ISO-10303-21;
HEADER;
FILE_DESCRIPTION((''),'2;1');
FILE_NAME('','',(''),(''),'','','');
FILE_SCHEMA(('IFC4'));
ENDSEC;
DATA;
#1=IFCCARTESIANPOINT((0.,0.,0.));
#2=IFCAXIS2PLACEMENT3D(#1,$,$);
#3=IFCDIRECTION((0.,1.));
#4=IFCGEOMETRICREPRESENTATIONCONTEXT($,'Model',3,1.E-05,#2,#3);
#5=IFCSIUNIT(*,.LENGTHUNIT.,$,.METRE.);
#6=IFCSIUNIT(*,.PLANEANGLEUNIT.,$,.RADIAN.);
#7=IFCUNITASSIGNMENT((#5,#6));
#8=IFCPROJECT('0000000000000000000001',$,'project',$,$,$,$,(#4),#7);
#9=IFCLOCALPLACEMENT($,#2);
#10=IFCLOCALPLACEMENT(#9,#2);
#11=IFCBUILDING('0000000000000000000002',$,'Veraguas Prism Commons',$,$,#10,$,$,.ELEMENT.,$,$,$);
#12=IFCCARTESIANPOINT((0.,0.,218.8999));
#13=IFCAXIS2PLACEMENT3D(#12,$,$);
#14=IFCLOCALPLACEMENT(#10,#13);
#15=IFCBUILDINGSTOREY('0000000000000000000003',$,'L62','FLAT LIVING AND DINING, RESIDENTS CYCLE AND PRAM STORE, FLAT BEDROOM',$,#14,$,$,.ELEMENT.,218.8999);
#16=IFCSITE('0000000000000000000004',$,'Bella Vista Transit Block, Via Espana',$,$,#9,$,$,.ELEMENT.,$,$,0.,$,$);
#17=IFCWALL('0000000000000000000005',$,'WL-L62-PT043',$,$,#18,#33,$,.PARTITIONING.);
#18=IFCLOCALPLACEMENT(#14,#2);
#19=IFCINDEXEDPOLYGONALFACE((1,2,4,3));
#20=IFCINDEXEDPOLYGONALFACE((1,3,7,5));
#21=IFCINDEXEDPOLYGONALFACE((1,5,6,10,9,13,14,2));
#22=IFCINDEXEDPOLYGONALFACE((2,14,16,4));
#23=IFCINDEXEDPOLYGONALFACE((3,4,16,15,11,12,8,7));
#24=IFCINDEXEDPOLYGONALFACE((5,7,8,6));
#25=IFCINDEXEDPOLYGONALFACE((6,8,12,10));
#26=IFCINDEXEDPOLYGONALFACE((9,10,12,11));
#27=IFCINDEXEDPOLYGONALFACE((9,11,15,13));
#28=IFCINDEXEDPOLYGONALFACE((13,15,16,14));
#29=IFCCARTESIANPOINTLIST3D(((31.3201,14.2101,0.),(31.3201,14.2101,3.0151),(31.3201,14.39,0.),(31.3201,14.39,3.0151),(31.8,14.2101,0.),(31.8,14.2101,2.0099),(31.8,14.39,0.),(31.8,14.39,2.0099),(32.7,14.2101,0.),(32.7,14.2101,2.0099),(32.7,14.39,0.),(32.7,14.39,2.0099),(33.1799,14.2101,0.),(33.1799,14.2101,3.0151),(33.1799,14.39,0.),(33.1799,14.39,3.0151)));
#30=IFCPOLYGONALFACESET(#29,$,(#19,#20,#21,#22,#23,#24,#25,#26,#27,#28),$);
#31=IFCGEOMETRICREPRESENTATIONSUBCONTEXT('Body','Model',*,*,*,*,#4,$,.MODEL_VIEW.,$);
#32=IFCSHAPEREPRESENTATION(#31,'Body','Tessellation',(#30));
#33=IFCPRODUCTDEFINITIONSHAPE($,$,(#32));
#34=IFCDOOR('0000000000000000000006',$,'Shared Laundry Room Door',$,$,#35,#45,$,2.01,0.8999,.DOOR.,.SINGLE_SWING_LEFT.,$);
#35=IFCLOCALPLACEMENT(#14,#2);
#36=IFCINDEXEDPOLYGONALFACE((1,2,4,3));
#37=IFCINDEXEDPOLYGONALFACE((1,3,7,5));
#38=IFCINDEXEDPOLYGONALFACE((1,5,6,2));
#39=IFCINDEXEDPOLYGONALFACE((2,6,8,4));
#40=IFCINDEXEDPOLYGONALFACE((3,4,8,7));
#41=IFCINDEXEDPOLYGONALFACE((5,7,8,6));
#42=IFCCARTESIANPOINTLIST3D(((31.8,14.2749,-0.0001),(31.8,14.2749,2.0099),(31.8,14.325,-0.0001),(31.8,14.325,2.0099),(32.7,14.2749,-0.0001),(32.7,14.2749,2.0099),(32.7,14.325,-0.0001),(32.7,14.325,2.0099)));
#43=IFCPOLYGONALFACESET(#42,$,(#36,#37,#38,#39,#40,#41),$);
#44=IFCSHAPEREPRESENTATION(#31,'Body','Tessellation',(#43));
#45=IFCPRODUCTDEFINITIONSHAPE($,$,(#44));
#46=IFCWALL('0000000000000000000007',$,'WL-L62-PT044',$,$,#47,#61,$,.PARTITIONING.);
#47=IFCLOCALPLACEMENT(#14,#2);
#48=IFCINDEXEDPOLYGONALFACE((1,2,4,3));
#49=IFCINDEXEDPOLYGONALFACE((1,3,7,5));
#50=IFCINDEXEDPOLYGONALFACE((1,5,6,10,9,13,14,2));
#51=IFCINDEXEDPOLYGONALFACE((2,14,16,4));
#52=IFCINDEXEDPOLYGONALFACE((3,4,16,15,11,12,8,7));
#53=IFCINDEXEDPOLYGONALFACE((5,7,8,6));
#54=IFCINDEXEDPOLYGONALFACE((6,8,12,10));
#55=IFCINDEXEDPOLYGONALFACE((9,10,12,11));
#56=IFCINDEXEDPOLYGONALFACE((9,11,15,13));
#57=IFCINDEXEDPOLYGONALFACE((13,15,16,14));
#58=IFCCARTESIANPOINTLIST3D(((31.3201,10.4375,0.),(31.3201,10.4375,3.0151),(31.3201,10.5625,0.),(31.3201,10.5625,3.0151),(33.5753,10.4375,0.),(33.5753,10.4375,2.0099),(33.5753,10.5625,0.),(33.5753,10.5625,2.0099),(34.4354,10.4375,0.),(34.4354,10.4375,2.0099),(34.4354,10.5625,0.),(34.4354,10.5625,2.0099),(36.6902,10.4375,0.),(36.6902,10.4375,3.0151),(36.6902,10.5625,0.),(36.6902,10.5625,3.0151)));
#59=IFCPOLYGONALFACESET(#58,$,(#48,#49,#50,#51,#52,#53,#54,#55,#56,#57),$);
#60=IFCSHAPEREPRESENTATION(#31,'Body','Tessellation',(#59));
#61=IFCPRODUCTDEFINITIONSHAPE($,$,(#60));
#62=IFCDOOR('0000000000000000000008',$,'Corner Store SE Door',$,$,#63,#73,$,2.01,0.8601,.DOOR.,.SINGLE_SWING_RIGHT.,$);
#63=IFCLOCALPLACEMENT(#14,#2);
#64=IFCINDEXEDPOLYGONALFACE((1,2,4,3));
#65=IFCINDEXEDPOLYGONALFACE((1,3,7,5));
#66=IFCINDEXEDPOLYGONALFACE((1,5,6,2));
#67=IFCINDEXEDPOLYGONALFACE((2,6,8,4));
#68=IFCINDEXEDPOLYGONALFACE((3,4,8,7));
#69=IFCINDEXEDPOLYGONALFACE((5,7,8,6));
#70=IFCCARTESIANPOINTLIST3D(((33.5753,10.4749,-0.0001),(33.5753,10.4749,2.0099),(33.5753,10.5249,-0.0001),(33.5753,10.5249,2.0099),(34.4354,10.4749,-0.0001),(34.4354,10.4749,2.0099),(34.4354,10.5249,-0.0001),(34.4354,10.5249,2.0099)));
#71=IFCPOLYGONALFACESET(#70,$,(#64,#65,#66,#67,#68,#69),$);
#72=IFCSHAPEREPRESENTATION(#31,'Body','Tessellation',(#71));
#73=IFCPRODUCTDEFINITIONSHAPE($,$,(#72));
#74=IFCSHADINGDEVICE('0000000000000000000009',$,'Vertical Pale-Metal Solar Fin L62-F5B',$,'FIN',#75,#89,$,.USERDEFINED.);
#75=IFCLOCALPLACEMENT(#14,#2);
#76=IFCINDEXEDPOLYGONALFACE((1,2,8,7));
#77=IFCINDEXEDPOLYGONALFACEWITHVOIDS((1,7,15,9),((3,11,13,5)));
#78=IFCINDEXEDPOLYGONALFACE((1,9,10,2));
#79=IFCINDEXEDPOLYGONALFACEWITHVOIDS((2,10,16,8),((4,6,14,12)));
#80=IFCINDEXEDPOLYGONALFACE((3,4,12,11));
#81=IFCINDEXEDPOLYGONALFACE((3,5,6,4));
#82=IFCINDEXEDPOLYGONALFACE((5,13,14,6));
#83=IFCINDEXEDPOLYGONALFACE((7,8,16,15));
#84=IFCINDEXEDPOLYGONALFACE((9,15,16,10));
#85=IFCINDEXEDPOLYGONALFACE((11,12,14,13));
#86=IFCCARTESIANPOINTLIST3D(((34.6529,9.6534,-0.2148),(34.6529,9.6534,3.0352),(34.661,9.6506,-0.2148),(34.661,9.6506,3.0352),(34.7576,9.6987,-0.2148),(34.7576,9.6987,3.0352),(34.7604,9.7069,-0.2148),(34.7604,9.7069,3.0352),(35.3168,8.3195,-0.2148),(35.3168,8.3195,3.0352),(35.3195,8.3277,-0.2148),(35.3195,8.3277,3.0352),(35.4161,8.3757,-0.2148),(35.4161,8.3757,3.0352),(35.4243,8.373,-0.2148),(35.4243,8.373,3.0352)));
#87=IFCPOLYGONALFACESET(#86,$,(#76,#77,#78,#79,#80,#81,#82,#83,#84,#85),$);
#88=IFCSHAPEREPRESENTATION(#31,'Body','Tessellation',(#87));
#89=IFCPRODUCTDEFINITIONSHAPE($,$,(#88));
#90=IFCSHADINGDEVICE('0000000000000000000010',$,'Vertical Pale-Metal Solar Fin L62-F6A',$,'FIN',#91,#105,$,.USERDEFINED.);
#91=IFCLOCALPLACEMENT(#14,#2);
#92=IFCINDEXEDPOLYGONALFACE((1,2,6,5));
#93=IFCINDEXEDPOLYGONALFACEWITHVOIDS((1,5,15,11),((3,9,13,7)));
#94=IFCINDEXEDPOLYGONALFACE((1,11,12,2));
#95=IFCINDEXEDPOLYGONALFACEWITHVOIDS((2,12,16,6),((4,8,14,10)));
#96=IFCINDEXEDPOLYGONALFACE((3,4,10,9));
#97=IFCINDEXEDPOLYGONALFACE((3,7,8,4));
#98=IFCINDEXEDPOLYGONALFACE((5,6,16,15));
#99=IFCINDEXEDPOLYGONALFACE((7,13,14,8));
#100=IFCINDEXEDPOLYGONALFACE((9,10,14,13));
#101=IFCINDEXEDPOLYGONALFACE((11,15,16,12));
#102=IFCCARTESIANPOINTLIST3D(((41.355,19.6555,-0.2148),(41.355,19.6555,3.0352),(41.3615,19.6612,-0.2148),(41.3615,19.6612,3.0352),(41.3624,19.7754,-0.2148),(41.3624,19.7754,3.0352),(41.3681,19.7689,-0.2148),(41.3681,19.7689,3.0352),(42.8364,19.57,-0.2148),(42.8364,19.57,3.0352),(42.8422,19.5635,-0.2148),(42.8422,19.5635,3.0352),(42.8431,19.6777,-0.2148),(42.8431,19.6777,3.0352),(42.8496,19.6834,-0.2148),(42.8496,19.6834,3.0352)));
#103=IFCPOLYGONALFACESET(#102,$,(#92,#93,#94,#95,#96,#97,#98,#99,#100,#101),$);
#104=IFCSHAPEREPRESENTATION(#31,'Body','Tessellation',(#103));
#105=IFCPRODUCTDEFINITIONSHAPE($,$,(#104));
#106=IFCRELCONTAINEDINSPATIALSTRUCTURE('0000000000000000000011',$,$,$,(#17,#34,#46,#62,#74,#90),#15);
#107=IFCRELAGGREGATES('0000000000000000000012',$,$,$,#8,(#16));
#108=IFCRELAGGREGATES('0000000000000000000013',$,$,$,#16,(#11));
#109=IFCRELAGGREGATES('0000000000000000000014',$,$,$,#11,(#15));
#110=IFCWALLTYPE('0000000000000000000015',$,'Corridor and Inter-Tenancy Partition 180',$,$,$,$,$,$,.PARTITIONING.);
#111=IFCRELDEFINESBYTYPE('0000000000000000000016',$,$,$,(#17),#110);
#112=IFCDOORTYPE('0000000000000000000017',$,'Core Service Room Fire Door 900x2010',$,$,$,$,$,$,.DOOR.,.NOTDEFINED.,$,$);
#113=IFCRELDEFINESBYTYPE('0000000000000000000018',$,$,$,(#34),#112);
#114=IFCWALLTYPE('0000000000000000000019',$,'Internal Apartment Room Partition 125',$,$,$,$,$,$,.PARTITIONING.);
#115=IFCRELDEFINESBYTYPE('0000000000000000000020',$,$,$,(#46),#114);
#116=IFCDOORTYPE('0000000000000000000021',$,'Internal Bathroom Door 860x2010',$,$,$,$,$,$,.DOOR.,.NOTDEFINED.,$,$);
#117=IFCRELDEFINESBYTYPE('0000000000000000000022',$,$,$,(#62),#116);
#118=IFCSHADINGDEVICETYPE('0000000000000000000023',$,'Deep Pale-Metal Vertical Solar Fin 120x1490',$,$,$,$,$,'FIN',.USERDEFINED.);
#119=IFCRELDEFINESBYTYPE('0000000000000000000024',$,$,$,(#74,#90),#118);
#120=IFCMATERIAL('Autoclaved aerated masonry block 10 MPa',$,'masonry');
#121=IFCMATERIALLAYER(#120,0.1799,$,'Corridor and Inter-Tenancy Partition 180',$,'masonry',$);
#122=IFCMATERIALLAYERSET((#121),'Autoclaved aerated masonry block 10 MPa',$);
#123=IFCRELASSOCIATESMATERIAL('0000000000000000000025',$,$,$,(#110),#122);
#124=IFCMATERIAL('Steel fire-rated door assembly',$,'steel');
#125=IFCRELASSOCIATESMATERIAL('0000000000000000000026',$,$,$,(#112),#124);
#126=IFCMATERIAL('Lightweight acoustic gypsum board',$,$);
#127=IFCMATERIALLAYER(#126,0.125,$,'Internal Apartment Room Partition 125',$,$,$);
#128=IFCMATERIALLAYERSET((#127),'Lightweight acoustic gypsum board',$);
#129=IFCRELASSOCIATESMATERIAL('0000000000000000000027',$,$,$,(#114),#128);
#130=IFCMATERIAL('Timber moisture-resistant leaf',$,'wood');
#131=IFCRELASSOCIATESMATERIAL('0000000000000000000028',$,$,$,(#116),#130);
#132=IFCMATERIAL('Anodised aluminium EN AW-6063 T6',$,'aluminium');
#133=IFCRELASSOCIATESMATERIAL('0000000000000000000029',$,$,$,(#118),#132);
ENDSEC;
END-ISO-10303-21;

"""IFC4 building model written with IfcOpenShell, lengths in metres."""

from ifc_helpers import new_model, si_unit, direction, frame, frame_2d, origin, origin_2d, place, context, subcontext, project, spatial, rectangle, hollow_rectangle, extrude, source, transform, mapped, material, layer, layer_set, material_profile, profile_set, type_object, element, fill, save


model = new_model("IFC4")

# Units and contexts
model_context = context("Model", 3, precision=1e-05, world=origin(), true_north=direction((0.0, 1.0)))
body_context = subcontext(model_context, "Body", "Model", "MODEL_VIEW")
ifc_project = project(units=[si_unit("LENGTHUNIT", "METRE"), si_unit("PLANEANGLEUNIT", "RADIAN")], contexts=[model_context])

# Site, building, storey
site_placement = place(None, origin())
site = spatial("IfcSite", under=ifc_project, at=site_placement, Name="Bella Vista Transit Block, Via Espana", CompositionType="ELEMENT", RefElevation=0.0)
building_placement = place(site_placement, origin())
building = spatial("IfcBuilding", under=site, at=building_placement, Name="Veraguas Prism Commons", CompositionType="ELEMENT")
storey_placement = place(building_placement, frame((0.0, 0.0, 218.8999)))
storey = spatial("IfcBuildingStorey", under=building, at=storey_placement, Name="L62", Description="FLAT LIVING AND DINING, RESIDENTS CYCLE AND PRAM STORE, FLAT BEDROOM", CompositionType="ELEMENT", Elevation=218.8999)

# Shared definitions
ifc_material_1 = material(Name="Anodised aluminium EN AW-6063 T6", Category="aluminium")

# Shared definitions
ifc_material_2 = material(Name="Autoclaved aerated masonry block 10 MPa", Category="masonry")
ifc_layer_1 = layer(ifc_material_2, 0.1799, Name="Corridor and Inter-Tenancy Partition 180", Category="masonry")
ifc_layer_set_1 = layer_set([ifc_layer_1], Name="Autoclaved aerated masonry block 10 MPa")
wall_type_1 = type_object("IfcWallType", Name="Corridor and Inter-Tenancy Partition 180", PredefinedType="PARTITIONING", material=ifc_layer_set_1)

# Shared definitions
ifc_material_3 = material(Name="Steel fire-rated door assembly", Category="steel")

# Walls, openings, doors
wall_1_placement = place(storey_placement, frame((31.3201, 14.3, 0.0), z_axis=(0.0, 0.0, 1.0), x_axis=(1.0, 0.0, 0.0)))
wall_1 = element("IfcWall", 1, at=wall_1_placement, inside=storey, type_object=wall_type_1, Name="WL-L62-PT043", PredefinedType="PARTITIONING", context=body_context, shape_type="SweptSolid", body=[
    extrude(rectangle(XDim=1.8599, YDim=0.1799, at=frame_2d((0.9299, 0.0))), origin(), (0.0, 0.0, 1.0), 3.0151),
])
opening_1_placement = place(wall_1_placement, frame((0.48, 0.0, 0.0)))
opening_1 = element("IfcOpeningElement", 2, at=opening_1_placement, cuts=wall_1, PredefinedType="OPENING", context=body_context, shape_type="SweptSolid", body=[
    extrude(rectangle(XDim=0.8999, YDim=2.01, at=frame_2d((0.45, 1.0049))), frame((0.0, 0.0999, 0.0), z_axis=(0.0, -1.0, 0.0), x_axis=(1.0, 0.0, 0.0)), (0.0, 0.0, 1.0), 0.2),
])
door_type_1 = type_object("IfcDoorType", Name="Core Service Room Fire Door 900x2010", OperationType="NOTDEFINED", PredefinedType="DOOR", material=ifc_material_3)
shared_shape_1 = source(origin(), body_context, "Body", "SweptSolid", [
    extrude(rectangle(XDim=0.8999, YDim=2.01, at=frame_2d((0.45, 1.0049))), frame((0.0, 0.0249, 0.0), z_axis=(0.0, -1.0, 0.0), x_axis=(1.0, 0.0, 0.0)), (0.0, 0.0, 1.0), 0.05),
])
door_1_placement = place(opening_1_placement, origin())
door_1 = element("IfcDoor", 3, at=door_1_placement, inside=storey, type_object=door_type_1, Name="Shared Laundry Room Door", OperationType="SINGLE_SWING_LEFT", OverallHeight=2.01, OverallWidth=0.8999, PredefinedType="DOOR", context=body_context, shape_type="MappedRepresentation", body=[
    mapped(shared_shape_1, transform((0.0, 0.0, 0.0), scale=1.0)),
])
fill(opening_1, door_1)
ifc_material_4 = material(Name="Lightweight acoustic gypsum board")
ifc_layer_2 = layer(ifc_material_4, 0.125, Name="Internal Apartment Room Partition 125")
ifc_layer_set_2 = layer_set([ifc_layer_2], Name="Lightweight acoustic gypsum board")
wall_type_2 = type_object("IfcWallType", Name="Internal Apartment Room Partition 125", PredefinedType="PARTITIONING", material=ifc_layer_set_2)
wall_2_placement = place(storey_placement, frame((31.3201, 10.5, 0.0), z_axis=(0.0, 0.0, 1.0), x_axis=(1.0, 0.0, 0.0)))
wall_2 = element("IfcWall", 4, at=wall_2_placement, inside=storey, type_object=wall_type_2, Name="WL-L62-PT044", PredefinedType="PARTITIONING", context=body_context, shape_type="SweptSolid", body=[
    extrude(rectangle(XDim=5.3701, YDim=0.125, at=frame_2d((2.6851, 0.0))), origin(), (0.0, 0.0, 1.0), 3.0151),
])
opening_2_placement = place(wall_2_placement, frame((2.2551, 0.0, 0.0)))
opening_2 = element("IfcOpeningElement", 5, at=opening_2_placement, cuts=wall_2, PredefinedType="OPENING", context=body_context, shape_type="SweptSolid", body=[
    extrude(rectangle(XDim=0.8601, YDim=2.01, at=frame_2d((0.4302, 1.0049))), frame((0.0, 0.0725, 0.0), z_axis=(0.0, -1.0, 0.0), x_axis=(1.0, 0.0, 0.0)), (0.0, 0.0, 1.0), 0.145),
])
ifc_material_5 = material(Name="Timber moisture-resistant leaf", Category="wood")
door_type_2 = type_object("IfcDoorType", Name="Internal Bathroom Door 860x2010", OperationType="NOTDEFINED", PredefinedType="DOOR", material=ifc_material_5)
shared_shape_2 = source(origin(), body_context, "Body", "SweptSolid", [
    extrude(rectangle(XDim=0.8601, YDim=2.01, at=frame_2d((0.4302, 1.0049))), frame((0.0, 0.0249, 0.0), z_axis=(0.0, -1.0, 0.0), x_axis=(1.0, 0.0, 0.0)), (0.0, 0.0, 1.0), 0.05),
])
door_2_placement = place(opening_2_placement, origin())
door_2 = element("IfcDoor", 6, at=door_2_placement, inside=storey, type_object=door_type_2, Name="Corner Store SE Door", OperationType="SINGLE_SWING_RIGHT", OverallHeight=2.01, OverallWidth=0.8601, PredefinedType="DOOR", context=body_context, shape_type="MappedRepresentation", body=[
    mapped(shared_shape_2, transform((0.0, 0.0, 0.0), scale=1.0)),
])
fill(opening_2, door_2)

# Shading devices
ifc_material_profile_1 = material_profile(ifc_material_1, hollow_rectangle(XDim=0.1201, YDim=1.49, WallThickness=0.0061, at=origin_2d()), Name="FIN120X1490X6")
ifc_profile_set_1 = profile_set([ifc_material_profile_1], Name="Anodised aluminium EN AW-6063 T6")
shading_device_type = type_object("IfcShadingDeviceType", Name="Deep Pale-Metal Vertical Solar Fin 120x1490", ElementType="FIN", PredefinedType="USERDEFINED", material=ifc_profile_set_1)
for number, where, z_axis, x_axis, name in (
    (7, (35.0386, 9.0132, -0.2148), (0.0, 0.0, 1.0), (0.895245, 0.445574, 0.0), "Vertical Pale-Metal Solar Fin L62-F5B"),
    (8, (42.1023, 19.6694, -0.2148), (0.0, 0.0, 1.0), (0.061745, 0.998092, 0.0), "Vertical Pale-Metal Solar Fin L62-F6A"),
):
    element("IfcShadingDevice", number, at=place(storey_placement, frame(where, z_axis=z_axis, x_axis=x_axis)), inside=storey, type_object=shading_device_type, Name=name, ObjectType="FIN", PredefinedType="USERDEFINED", context=body_context, shape_type="SweptSolid", body=[
        extrude(hollow_rectangle(XDim=0.1201, YDim=1.49, WallThickness=0.0061, at=origin_2d()), origin(), (0.0, 0.0, 1.0), 3.25),
    ])

save(model, "model.ifc")
